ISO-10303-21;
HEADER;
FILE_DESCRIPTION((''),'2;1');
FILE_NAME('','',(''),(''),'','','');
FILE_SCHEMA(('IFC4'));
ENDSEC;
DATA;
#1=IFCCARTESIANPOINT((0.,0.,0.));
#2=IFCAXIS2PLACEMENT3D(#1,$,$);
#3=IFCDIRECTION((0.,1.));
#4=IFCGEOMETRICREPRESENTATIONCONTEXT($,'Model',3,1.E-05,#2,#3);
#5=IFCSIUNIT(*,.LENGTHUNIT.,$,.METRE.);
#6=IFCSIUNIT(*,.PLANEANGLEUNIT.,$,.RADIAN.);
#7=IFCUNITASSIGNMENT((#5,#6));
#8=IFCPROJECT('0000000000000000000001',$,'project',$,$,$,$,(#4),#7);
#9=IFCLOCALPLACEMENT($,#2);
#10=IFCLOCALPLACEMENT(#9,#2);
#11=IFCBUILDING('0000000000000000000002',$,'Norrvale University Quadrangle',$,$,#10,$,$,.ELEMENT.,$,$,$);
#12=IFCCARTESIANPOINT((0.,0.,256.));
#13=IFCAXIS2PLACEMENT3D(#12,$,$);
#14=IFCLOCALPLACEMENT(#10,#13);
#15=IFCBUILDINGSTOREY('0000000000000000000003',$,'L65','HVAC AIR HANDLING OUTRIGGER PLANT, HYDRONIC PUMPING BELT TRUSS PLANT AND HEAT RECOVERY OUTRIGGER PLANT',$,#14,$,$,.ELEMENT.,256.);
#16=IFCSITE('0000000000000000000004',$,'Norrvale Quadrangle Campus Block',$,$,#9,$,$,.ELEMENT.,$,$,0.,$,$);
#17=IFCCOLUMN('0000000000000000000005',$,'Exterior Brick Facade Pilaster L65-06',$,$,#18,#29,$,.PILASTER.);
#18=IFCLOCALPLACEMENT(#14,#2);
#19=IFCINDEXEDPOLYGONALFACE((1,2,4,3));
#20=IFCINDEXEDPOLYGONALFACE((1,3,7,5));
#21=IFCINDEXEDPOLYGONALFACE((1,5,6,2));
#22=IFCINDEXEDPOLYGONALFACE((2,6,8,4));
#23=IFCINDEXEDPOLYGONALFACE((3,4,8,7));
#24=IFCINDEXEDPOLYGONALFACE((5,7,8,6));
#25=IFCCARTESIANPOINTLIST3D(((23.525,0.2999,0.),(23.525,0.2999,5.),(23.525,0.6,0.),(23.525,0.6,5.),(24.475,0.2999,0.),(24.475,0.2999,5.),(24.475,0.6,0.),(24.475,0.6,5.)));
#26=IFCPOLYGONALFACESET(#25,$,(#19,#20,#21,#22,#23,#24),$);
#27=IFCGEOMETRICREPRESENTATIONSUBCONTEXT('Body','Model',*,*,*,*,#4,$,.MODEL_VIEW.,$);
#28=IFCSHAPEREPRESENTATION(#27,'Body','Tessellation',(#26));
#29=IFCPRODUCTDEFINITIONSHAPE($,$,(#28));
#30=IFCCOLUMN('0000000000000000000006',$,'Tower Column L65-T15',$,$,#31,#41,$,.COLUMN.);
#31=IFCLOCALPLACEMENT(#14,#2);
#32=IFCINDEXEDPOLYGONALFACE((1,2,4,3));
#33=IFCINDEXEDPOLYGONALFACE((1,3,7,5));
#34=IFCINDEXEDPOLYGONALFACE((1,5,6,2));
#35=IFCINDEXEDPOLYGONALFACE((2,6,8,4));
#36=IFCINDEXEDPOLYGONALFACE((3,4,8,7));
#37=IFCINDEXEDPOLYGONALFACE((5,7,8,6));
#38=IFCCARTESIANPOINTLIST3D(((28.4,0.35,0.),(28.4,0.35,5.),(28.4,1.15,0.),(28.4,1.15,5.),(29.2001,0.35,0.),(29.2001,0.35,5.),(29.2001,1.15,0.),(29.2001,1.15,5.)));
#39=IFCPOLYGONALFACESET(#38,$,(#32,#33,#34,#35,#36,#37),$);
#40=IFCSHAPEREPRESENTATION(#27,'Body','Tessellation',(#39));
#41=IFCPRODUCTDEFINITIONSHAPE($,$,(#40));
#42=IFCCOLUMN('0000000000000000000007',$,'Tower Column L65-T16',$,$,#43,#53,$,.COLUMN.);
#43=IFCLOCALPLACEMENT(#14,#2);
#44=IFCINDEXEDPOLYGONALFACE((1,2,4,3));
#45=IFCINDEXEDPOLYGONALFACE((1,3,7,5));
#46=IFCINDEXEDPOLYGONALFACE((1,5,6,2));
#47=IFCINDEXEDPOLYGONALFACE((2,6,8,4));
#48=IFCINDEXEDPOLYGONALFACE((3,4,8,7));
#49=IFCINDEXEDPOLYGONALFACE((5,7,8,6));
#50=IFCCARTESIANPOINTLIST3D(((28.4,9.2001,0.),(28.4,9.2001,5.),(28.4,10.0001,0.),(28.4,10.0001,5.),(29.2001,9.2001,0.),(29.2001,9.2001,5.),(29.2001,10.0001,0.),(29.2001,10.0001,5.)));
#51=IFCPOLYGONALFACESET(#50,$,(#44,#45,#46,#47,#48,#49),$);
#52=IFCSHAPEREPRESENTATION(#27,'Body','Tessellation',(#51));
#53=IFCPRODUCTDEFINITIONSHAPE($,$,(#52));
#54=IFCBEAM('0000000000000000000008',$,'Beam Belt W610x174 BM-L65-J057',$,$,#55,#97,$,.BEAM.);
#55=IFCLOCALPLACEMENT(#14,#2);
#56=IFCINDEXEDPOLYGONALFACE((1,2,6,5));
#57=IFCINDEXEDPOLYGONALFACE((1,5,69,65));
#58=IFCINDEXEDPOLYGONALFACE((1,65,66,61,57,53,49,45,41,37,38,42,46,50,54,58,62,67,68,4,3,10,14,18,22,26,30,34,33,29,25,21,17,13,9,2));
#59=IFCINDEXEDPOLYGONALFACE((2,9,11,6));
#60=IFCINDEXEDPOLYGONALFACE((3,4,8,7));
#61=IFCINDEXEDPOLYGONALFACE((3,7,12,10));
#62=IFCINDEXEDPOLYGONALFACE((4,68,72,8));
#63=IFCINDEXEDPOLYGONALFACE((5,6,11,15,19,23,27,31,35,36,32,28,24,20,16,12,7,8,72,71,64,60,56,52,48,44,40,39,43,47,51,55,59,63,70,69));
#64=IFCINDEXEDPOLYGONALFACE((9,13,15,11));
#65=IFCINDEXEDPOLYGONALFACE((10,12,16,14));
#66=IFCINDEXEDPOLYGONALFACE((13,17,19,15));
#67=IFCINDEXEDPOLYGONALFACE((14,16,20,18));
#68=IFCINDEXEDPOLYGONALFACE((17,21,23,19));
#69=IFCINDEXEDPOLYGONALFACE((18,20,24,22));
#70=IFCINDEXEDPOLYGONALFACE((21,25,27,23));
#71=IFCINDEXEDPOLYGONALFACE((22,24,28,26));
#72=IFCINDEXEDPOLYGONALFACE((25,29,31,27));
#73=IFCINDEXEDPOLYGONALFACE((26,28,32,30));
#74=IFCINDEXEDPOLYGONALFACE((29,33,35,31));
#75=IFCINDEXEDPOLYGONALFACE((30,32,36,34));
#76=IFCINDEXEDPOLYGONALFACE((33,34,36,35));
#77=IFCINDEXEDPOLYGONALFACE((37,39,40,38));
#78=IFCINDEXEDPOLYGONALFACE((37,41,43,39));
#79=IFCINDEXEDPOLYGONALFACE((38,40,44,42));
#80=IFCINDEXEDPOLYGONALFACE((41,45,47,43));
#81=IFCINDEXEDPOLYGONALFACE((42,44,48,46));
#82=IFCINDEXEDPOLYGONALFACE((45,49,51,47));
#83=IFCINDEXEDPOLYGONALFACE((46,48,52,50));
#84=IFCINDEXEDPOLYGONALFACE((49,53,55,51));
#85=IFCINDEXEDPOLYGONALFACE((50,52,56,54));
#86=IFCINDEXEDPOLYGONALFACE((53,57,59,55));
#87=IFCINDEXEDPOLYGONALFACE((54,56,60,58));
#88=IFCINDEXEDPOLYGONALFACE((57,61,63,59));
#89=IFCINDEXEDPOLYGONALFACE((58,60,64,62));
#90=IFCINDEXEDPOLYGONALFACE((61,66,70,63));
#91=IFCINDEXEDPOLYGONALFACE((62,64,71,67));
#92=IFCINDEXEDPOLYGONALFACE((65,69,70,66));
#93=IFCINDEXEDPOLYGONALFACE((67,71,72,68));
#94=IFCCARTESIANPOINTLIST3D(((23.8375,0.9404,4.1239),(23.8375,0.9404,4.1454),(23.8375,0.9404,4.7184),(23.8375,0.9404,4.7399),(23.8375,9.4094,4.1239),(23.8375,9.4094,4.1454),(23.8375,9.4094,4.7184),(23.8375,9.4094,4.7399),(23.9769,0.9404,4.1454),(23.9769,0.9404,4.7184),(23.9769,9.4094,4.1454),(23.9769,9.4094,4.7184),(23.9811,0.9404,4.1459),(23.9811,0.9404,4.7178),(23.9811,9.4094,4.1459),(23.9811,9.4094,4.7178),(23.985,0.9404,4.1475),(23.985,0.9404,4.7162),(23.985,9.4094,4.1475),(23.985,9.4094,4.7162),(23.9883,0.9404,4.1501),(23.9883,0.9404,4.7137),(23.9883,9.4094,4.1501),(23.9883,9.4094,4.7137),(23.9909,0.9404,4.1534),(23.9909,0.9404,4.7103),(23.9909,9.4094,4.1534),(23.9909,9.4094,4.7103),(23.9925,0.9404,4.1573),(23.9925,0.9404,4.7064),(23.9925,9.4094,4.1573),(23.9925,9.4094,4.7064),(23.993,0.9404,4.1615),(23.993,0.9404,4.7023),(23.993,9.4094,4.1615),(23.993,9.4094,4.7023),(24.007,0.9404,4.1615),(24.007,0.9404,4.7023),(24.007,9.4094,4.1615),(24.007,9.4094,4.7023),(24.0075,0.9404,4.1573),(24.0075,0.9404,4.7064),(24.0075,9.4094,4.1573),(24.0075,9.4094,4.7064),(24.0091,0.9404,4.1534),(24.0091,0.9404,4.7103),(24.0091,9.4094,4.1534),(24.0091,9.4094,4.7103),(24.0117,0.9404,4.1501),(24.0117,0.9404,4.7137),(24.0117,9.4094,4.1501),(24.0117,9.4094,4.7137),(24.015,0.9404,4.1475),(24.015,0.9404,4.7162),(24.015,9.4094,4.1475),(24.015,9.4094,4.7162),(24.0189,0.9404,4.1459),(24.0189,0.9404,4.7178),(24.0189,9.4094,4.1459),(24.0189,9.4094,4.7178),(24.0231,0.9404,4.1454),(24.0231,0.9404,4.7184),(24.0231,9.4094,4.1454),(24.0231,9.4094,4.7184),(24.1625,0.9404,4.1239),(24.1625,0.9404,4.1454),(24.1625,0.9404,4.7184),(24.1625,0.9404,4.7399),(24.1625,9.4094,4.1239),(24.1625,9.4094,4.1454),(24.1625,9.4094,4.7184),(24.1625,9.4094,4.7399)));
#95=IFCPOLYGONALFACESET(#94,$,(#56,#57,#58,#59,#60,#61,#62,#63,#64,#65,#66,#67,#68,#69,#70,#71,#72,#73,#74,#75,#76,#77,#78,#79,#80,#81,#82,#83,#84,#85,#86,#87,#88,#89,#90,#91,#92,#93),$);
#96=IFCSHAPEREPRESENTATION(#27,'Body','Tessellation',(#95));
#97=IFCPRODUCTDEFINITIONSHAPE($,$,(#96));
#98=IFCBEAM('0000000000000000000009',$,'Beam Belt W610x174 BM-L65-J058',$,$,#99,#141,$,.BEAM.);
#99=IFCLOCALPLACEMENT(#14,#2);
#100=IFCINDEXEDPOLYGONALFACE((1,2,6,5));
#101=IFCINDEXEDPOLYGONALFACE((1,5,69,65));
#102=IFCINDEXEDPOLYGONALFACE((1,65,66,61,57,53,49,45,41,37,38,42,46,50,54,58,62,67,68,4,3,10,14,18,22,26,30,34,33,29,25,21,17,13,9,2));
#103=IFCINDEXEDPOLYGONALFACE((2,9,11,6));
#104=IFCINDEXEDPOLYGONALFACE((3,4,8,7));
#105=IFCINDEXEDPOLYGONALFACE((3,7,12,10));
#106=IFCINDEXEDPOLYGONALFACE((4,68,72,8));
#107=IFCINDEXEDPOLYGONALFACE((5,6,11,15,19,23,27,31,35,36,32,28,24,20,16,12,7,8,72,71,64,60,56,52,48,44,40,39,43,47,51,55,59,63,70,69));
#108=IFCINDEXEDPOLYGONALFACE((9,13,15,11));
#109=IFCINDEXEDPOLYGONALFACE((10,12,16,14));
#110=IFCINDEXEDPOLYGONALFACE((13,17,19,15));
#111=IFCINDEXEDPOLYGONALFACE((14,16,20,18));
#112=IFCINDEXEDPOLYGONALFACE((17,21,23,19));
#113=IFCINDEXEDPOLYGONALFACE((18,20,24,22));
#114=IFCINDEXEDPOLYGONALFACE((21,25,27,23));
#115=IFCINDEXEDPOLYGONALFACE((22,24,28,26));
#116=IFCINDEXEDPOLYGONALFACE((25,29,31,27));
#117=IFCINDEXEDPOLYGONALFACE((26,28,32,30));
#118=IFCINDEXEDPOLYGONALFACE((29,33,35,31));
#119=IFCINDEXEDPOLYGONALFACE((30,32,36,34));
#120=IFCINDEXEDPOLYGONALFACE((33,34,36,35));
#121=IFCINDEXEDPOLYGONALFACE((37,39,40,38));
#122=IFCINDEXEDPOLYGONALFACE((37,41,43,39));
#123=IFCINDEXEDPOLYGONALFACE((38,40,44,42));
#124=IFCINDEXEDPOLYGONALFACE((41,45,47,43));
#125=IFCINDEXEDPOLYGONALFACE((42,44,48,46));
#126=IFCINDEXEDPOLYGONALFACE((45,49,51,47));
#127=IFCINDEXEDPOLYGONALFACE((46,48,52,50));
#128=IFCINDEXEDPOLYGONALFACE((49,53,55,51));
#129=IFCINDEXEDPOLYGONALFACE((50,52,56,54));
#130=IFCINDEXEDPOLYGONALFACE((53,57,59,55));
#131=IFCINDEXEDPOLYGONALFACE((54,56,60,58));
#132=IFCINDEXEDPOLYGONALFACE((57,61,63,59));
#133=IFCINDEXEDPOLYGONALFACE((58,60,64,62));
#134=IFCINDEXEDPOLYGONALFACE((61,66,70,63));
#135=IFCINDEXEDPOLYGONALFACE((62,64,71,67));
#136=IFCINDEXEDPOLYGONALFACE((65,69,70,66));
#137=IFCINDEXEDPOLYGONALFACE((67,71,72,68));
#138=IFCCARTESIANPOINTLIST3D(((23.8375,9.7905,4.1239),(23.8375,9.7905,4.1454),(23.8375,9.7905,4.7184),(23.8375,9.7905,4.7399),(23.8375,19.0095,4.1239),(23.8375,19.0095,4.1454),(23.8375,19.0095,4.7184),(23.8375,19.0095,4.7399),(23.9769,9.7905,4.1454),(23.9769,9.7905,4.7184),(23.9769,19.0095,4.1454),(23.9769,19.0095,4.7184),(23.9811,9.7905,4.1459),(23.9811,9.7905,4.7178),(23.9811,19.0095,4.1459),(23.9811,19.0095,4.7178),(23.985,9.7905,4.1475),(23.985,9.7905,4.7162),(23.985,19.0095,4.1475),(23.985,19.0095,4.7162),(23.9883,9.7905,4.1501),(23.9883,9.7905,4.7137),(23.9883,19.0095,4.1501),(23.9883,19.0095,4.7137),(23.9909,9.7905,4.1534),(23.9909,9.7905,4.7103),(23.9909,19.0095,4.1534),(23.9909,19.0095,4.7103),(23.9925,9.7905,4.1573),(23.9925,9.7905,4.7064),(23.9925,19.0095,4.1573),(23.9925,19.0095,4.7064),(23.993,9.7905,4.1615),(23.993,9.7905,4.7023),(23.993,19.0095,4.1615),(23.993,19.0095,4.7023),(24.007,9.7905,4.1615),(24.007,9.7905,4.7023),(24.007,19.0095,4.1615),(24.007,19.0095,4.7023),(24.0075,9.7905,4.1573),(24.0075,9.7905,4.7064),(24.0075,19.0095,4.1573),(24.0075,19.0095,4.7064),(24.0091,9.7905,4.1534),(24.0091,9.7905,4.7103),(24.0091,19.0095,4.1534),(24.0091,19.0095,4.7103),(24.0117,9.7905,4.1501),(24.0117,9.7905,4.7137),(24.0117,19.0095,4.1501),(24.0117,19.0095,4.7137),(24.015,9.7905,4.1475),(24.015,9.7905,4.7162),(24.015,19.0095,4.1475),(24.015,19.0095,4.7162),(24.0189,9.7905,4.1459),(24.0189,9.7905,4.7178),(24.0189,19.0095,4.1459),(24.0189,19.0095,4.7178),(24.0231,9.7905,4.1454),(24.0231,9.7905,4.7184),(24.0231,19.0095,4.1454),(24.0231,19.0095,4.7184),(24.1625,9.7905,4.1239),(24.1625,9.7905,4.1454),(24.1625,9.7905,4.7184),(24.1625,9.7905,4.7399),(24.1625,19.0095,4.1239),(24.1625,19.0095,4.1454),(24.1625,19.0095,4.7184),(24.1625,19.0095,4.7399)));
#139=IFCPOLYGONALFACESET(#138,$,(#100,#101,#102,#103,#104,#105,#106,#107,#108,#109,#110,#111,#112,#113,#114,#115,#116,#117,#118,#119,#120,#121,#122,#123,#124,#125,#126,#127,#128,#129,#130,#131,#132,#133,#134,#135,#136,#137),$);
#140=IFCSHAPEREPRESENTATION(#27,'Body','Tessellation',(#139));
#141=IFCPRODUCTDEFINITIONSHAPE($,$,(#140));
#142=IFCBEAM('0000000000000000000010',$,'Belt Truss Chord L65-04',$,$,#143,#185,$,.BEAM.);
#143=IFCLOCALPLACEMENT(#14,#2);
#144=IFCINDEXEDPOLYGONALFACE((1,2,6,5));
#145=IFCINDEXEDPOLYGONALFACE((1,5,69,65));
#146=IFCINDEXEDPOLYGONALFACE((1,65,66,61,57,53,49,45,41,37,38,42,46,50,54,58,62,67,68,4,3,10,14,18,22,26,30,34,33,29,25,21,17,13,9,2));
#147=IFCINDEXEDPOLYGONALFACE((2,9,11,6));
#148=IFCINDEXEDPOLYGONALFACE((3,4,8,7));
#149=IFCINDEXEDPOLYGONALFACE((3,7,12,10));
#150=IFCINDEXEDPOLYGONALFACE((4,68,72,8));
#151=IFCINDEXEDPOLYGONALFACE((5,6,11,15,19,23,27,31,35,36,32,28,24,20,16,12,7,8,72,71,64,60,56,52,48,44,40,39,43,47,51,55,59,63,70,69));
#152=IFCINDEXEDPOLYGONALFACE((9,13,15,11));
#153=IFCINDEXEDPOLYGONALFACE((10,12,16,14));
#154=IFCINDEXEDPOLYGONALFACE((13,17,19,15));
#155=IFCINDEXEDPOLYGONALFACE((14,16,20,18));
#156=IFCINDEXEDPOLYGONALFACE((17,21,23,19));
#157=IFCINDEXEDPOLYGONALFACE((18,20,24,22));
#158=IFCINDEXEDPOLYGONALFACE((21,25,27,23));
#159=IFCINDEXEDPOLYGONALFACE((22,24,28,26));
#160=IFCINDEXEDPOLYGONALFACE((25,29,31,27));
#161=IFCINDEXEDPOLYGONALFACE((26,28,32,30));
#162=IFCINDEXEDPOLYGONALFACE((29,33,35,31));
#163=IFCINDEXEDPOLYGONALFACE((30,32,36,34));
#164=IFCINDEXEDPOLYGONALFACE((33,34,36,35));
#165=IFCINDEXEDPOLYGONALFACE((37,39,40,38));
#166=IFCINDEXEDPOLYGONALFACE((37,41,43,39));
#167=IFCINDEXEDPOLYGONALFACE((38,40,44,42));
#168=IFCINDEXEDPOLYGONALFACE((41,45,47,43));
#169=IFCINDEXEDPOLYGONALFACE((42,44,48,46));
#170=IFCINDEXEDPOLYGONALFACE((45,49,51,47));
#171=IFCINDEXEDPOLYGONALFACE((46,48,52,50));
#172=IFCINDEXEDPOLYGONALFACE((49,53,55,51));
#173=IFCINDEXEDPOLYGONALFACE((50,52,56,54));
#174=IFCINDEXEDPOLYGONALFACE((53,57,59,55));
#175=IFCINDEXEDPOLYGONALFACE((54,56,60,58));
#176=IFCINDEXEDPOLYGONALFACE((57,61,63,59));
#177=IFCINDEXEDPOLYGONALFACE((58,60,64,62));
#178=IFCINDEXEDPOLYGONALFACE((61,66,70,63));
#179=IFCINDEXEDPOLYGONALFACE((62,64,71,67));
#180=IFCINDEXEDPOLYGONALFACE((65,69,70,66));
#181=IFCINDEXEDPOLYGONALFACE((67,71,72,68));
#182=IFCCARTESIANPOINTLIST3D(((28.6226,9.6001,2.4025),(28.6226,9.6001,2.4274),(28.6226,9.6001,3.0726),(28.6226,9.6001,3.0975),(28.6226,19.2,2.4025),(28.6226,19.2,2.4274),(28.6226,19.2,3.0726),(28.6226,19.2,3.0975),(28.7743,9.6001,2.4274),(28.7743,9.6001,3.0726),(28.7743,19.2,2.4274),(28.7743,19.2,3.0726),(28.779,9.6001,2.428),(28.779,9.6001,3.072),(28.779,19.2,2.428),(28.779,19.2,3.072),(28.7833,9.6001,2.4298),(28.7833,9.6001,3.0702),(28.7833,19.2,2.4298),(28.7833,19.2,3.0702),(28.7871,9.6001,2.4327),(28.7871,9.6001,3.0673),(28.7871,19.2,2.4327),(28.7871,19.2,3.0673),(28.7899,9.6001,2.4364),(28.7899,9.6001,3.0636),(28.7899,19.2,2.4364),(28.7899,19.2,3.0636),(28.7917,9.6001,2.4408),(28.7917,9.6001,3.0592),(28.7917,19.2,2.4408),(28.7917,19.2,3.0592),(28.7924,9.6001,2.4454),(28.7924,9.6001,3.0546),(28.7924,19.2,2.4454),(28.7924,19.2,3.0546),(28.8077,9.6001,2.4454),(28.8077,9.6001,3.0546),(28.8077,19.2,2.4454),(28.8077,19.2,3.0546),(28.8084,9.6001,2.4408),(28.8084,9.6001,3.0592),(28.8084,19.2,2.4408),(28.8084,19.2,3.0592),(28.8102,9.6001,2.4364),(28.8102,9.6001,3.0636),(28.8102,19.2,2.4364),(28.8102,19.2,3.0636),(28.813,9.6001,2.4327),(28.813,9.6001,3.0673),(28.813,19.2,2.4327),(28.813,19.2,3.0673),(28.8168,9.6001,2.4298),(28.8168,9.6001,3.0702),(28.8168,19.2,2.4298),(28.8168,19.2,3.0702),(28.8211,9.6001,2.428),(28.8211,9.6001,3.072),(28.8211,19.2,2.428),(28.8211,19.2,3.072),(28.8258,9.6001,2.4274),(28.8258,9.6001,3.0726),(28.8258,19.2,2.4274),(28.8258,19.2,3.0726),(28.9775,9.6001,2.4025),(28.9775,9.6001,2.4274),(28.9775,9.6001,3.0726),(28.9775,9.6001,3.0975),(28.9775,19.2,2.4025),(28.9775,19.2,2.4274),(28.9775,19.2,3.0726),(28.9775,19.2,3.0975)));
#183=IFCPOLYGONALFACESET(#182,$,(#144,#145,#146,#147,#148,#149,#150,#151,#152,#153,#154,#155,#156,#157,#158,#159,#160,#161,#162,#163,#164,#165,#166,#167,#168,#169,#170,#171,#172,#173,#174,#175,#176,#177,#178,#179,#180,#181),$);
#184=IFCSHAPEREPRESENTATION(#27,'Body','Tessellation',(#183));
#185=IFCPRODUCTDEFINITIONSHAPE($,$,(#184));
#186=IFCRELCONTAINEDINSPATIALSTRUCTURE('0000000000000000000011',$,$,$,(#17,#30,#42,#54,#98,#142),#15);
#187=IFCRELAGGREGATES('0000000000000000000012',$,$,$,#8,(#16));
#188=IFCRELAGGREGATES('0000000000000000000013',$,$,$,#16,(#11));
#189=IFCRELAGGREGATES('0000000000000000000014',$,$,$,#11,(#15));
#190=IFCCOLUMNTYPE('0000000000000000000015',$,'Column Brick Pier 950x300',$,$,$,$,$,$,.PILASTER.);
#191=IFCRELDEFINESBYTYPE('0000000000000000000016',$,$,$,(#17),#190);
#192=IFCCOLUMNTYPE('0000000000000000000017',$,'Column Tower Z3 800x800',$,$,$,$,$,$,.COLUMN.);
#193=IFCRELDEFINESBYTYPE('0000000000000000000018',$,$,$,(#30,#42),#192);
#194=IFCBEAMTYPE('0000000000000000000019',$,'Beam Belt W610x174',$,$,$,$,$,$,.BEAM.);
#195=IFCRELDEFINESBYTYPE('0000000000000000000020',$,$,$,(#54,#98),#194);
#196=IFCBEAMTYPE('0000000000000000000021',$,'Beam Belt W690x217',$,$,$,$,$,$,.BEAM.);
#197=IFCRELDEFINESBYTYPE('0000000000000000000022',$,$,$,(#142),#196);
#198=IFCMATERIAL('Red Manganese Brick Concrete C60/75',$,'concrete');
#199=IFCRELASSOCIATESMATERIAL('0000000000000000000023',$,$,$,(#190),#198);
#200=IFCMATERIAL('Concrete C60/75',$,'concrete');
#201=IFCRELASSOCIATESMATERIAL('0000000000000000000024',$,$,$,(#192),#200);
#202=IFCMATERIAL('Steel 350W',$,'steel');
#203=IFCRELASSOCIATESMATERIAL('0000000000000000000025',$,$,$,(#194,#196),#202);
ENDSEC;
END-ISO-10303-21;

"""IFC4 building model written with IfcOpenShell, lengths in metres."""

from ifc_helpers import new_model, si_unit, direction, frame, origin, origin_2d, place, context, subcontext, project, spatial, rectangle, i_section, extrude, material, material_profile, profile_set, type_object, element, save


model = new_model("IFC4")

# Units and contexts
model_context = context("Model", 3, precision=1e-05, world=origin(), true_north=direction((0.0, 1.0)))
body_context = subcontext(model_context, "Body", "Model", "MODEL_VIEW")
ifc_project = project(units=[si_unit("LENGTHUNIT", "METRE"), si_unit("PLANEANGLEUNIT", "RADIAN")], contexts=[model_context])

# Site, building, storey
site_placement = place(None, origin())
site = spatial("IfcSite", under=ifc_project, at=site_placement, Name="Norrvale Quadrangle Campus Block", CompositionType="ELEMENT", RefElevation=0.0)
building_placement = place(site_placement, origin())
building = spatial("IfcBuilding", under=site, at=building_placement, Name="Norrvale University Quadrangle", CompositionType="ELEMENT")
storey_placement = place(building_placement, frame((0.0, 0.0, 256.0)))
storey = spatial("IfcBuildingStorey", under=building, at=storey_placement, Name="L65", Description="HVAC AIR HANDLING OUTRIGGER PLANT, HYDRONIC PUMPING BELT TRUSS PLANT AND HEAT RECOVERY OUTRIGGER PLANT", CompositionType="ELEMENT", Elevation=256.0)

# Columns
ifc_material_1 = material(Name="Red Manganese Brick Concrete C60/75", Category="concrete")
ifc_material_profile_1 = material_profile(ifc_material_1, rectangle(XDim=0.95, YDim=0.3, at=origin_2d()), Name="Red Manganese Brick Concrete C60/75")
ifc_profile_set_1 = profile_set([ifc_material_profile_1], Name="Red Manganese Brick Concrete C60/75")
column_type_1 = type_object("IfcColumnType", Name="Column Brick Pier 950x300", PredefinedType="PILASTER", material=ifc_profile_set_1)
column_placement = place(storey_placement, frame((24.0, 0.45, 0.0), z_axis=(0.0, 0.0, 1.0), x_axis=(1.0, 0.0, 0.0)))
element("IfcColumn", 1, at=column_placement, inside=storey, type_object=column_type_1, Name="Exterior Brick Facade Pilaster L65-06", PredefinedType="PILASTER", context=body_context, shape_type="SweptSolid", body=[
    extrude(rectangle(XDim=0.95, YDim=0.3, at=origin_2d()), origin(), (0.0, 0.0, 1.0), 5.0),
])
ifc_material_2 = material(Name="Concrete C60/75", Category="concrete")
ifc_material_profile_2 = material_profile(ifc_material_2, rectangle(XDim=0.8, YDim=0.8, at=origin_2d()), Name="Concrete C60/75")
ifc_profile_set_2 = profile_set([ifc_material_profile_2], Name="Concrete C60/75")
column_type_2 = type_object("IfcColumnType", Name="Column Tower Z3 800x800", PredefinedType="COLUMN", material=ifc_profile_set_2)
for number, where, z_axis, x_axis, name in (
    (2, (28.8, 0.75, 0.0), (0.0, 0.0, 1.0), (1.0, 0.0, 0.0), "Tower Column L65-T15"),
    (3, (28.8, 9.6001, 0.0), (0.0, 0.0, 1.0), (1.0, 0.0, 0.0), "Tower Column L65-T16"),
):
    element("IfcColumn", number, at=place(storey_placement, frame(where, z_axis=z_axis, x_axis=x_axis)), inside=storey, type_object=column_type_2, Name=name, PredefinedType="COLUMN", context=body_context, shape_type="SweptSolid", body=[
        extrude(rectangle(XDim=0.8, YDim=0.8, at=origin_2d()), origin(), (0.0, 0.0, 1.0), 5.0),
    ])

# Beams
ifc_material_3 = material(Name="Steel 350W", Category="steel")
ifc_material_profile_3 = material_profile(ifc_material_3, i_section(OverallWidth=0.325, OverallDepth=0.616, WebThickness=0.0139, FlangeThickness=0.0215, FilletRadius=0.0161, at=origin_2d()), Name="Steel 350W")
ifc_profile_set_3 = profile_set([ifc_material_profile_3], Name="Steel 350W")
beam_type_1 = type_object("IfcBeamType", Name="Beam Belt W610x174", PredefinedType="BEAM", material=ifc_profile_set_3)
beam_1_placement = place(storey_placement, frame((24.0, 0.9404, 4.4319), z_axis=(0.0, 1.0, 0.0), x_axis=(-1.0, 0.0, 0.0)))
element("IfcBeam", 4, at=beam_1_placement, inside=storey, type_object=beam_type_1, Name="Beam Belt W610x174 BM-L65-J057", PredefinedType="BEAM", context=body_context, shape_type="SweptSolid", body=[
    extrude(i_section(OverallWidth=0.325, OverallDepth=0.616, WebThickness=0.0139, FlangeThickness=0.0215, FilletRadius=0.0161, at=origin_2d()), origin(), (0.0, 0.0, 1.0), 8.469),
])
beam_2_placement = place(storey_placement, frame((24.0, 9.7905, 4.4319), z_axis=(0.0, 1.0, 0.0), x_axis=(-1.0, 0.0, 0.0)))
element("IfcBeam", 5, at=beam_2_placement, inside=storey, type_object=beam_type_1, Name="Beam Belt W610x174 BM-L65-J058", PredefinedType="BEAM", context=body_context, shape_type="SweptSolid", body=[
    extrude(i_section(OverallWidth=0.325, OverallDepth=0.616, WebThickness=0.0139, FlangeThickness=0.0215, FilletRadius=0.0161, at=origin_2d()), origin(), (0.0, 0.0, 1.0), 9.219),
])
ifc_material_profile_4 = material_profile(ifc_material_3, i_section(OverallWidth=0.355, OverallDepth=0.6951, WebThickness=0.0154, FlangeThickness=0.0249, FilletRadius=0.0181, at=origin_2d()), Name="Steel 350W")
ifc_profile_set_4 = profile_set([ifc_material_profile_4], Name="Steel 350W")
beam_type_2 = type_object("IfcBeamType", Name="Beam Belt W690x217", PredefinedType="BEAM", material=ifc_profile_set_4)
beam_3_placement = place(storey_placement, frame((28.8, 9.6001, 2.75), z_axis=(0.0, 1.0, 0.0), x_axis=(-1.0, 0.0, 0.0)))
element("IfcBeam", 6, at=beam_3_placement, inside=storey, type_object=beam_type_2, Name="Belt Truss Chord L65-04", PredefinedType="BEAM", context=body_context, shape_type="SweptSolid", body=[
    extrude(i_section(OverallWidth=0.355, OverallDepth=0.6951, WebThickness=0.0154, FlangeThickness=0.0249, FilletRadius=0.0181, at=origin_2d()), origin(), (0.0, 0.0, 1.0), 9.5999),
])

save(model, "model.ifc")
